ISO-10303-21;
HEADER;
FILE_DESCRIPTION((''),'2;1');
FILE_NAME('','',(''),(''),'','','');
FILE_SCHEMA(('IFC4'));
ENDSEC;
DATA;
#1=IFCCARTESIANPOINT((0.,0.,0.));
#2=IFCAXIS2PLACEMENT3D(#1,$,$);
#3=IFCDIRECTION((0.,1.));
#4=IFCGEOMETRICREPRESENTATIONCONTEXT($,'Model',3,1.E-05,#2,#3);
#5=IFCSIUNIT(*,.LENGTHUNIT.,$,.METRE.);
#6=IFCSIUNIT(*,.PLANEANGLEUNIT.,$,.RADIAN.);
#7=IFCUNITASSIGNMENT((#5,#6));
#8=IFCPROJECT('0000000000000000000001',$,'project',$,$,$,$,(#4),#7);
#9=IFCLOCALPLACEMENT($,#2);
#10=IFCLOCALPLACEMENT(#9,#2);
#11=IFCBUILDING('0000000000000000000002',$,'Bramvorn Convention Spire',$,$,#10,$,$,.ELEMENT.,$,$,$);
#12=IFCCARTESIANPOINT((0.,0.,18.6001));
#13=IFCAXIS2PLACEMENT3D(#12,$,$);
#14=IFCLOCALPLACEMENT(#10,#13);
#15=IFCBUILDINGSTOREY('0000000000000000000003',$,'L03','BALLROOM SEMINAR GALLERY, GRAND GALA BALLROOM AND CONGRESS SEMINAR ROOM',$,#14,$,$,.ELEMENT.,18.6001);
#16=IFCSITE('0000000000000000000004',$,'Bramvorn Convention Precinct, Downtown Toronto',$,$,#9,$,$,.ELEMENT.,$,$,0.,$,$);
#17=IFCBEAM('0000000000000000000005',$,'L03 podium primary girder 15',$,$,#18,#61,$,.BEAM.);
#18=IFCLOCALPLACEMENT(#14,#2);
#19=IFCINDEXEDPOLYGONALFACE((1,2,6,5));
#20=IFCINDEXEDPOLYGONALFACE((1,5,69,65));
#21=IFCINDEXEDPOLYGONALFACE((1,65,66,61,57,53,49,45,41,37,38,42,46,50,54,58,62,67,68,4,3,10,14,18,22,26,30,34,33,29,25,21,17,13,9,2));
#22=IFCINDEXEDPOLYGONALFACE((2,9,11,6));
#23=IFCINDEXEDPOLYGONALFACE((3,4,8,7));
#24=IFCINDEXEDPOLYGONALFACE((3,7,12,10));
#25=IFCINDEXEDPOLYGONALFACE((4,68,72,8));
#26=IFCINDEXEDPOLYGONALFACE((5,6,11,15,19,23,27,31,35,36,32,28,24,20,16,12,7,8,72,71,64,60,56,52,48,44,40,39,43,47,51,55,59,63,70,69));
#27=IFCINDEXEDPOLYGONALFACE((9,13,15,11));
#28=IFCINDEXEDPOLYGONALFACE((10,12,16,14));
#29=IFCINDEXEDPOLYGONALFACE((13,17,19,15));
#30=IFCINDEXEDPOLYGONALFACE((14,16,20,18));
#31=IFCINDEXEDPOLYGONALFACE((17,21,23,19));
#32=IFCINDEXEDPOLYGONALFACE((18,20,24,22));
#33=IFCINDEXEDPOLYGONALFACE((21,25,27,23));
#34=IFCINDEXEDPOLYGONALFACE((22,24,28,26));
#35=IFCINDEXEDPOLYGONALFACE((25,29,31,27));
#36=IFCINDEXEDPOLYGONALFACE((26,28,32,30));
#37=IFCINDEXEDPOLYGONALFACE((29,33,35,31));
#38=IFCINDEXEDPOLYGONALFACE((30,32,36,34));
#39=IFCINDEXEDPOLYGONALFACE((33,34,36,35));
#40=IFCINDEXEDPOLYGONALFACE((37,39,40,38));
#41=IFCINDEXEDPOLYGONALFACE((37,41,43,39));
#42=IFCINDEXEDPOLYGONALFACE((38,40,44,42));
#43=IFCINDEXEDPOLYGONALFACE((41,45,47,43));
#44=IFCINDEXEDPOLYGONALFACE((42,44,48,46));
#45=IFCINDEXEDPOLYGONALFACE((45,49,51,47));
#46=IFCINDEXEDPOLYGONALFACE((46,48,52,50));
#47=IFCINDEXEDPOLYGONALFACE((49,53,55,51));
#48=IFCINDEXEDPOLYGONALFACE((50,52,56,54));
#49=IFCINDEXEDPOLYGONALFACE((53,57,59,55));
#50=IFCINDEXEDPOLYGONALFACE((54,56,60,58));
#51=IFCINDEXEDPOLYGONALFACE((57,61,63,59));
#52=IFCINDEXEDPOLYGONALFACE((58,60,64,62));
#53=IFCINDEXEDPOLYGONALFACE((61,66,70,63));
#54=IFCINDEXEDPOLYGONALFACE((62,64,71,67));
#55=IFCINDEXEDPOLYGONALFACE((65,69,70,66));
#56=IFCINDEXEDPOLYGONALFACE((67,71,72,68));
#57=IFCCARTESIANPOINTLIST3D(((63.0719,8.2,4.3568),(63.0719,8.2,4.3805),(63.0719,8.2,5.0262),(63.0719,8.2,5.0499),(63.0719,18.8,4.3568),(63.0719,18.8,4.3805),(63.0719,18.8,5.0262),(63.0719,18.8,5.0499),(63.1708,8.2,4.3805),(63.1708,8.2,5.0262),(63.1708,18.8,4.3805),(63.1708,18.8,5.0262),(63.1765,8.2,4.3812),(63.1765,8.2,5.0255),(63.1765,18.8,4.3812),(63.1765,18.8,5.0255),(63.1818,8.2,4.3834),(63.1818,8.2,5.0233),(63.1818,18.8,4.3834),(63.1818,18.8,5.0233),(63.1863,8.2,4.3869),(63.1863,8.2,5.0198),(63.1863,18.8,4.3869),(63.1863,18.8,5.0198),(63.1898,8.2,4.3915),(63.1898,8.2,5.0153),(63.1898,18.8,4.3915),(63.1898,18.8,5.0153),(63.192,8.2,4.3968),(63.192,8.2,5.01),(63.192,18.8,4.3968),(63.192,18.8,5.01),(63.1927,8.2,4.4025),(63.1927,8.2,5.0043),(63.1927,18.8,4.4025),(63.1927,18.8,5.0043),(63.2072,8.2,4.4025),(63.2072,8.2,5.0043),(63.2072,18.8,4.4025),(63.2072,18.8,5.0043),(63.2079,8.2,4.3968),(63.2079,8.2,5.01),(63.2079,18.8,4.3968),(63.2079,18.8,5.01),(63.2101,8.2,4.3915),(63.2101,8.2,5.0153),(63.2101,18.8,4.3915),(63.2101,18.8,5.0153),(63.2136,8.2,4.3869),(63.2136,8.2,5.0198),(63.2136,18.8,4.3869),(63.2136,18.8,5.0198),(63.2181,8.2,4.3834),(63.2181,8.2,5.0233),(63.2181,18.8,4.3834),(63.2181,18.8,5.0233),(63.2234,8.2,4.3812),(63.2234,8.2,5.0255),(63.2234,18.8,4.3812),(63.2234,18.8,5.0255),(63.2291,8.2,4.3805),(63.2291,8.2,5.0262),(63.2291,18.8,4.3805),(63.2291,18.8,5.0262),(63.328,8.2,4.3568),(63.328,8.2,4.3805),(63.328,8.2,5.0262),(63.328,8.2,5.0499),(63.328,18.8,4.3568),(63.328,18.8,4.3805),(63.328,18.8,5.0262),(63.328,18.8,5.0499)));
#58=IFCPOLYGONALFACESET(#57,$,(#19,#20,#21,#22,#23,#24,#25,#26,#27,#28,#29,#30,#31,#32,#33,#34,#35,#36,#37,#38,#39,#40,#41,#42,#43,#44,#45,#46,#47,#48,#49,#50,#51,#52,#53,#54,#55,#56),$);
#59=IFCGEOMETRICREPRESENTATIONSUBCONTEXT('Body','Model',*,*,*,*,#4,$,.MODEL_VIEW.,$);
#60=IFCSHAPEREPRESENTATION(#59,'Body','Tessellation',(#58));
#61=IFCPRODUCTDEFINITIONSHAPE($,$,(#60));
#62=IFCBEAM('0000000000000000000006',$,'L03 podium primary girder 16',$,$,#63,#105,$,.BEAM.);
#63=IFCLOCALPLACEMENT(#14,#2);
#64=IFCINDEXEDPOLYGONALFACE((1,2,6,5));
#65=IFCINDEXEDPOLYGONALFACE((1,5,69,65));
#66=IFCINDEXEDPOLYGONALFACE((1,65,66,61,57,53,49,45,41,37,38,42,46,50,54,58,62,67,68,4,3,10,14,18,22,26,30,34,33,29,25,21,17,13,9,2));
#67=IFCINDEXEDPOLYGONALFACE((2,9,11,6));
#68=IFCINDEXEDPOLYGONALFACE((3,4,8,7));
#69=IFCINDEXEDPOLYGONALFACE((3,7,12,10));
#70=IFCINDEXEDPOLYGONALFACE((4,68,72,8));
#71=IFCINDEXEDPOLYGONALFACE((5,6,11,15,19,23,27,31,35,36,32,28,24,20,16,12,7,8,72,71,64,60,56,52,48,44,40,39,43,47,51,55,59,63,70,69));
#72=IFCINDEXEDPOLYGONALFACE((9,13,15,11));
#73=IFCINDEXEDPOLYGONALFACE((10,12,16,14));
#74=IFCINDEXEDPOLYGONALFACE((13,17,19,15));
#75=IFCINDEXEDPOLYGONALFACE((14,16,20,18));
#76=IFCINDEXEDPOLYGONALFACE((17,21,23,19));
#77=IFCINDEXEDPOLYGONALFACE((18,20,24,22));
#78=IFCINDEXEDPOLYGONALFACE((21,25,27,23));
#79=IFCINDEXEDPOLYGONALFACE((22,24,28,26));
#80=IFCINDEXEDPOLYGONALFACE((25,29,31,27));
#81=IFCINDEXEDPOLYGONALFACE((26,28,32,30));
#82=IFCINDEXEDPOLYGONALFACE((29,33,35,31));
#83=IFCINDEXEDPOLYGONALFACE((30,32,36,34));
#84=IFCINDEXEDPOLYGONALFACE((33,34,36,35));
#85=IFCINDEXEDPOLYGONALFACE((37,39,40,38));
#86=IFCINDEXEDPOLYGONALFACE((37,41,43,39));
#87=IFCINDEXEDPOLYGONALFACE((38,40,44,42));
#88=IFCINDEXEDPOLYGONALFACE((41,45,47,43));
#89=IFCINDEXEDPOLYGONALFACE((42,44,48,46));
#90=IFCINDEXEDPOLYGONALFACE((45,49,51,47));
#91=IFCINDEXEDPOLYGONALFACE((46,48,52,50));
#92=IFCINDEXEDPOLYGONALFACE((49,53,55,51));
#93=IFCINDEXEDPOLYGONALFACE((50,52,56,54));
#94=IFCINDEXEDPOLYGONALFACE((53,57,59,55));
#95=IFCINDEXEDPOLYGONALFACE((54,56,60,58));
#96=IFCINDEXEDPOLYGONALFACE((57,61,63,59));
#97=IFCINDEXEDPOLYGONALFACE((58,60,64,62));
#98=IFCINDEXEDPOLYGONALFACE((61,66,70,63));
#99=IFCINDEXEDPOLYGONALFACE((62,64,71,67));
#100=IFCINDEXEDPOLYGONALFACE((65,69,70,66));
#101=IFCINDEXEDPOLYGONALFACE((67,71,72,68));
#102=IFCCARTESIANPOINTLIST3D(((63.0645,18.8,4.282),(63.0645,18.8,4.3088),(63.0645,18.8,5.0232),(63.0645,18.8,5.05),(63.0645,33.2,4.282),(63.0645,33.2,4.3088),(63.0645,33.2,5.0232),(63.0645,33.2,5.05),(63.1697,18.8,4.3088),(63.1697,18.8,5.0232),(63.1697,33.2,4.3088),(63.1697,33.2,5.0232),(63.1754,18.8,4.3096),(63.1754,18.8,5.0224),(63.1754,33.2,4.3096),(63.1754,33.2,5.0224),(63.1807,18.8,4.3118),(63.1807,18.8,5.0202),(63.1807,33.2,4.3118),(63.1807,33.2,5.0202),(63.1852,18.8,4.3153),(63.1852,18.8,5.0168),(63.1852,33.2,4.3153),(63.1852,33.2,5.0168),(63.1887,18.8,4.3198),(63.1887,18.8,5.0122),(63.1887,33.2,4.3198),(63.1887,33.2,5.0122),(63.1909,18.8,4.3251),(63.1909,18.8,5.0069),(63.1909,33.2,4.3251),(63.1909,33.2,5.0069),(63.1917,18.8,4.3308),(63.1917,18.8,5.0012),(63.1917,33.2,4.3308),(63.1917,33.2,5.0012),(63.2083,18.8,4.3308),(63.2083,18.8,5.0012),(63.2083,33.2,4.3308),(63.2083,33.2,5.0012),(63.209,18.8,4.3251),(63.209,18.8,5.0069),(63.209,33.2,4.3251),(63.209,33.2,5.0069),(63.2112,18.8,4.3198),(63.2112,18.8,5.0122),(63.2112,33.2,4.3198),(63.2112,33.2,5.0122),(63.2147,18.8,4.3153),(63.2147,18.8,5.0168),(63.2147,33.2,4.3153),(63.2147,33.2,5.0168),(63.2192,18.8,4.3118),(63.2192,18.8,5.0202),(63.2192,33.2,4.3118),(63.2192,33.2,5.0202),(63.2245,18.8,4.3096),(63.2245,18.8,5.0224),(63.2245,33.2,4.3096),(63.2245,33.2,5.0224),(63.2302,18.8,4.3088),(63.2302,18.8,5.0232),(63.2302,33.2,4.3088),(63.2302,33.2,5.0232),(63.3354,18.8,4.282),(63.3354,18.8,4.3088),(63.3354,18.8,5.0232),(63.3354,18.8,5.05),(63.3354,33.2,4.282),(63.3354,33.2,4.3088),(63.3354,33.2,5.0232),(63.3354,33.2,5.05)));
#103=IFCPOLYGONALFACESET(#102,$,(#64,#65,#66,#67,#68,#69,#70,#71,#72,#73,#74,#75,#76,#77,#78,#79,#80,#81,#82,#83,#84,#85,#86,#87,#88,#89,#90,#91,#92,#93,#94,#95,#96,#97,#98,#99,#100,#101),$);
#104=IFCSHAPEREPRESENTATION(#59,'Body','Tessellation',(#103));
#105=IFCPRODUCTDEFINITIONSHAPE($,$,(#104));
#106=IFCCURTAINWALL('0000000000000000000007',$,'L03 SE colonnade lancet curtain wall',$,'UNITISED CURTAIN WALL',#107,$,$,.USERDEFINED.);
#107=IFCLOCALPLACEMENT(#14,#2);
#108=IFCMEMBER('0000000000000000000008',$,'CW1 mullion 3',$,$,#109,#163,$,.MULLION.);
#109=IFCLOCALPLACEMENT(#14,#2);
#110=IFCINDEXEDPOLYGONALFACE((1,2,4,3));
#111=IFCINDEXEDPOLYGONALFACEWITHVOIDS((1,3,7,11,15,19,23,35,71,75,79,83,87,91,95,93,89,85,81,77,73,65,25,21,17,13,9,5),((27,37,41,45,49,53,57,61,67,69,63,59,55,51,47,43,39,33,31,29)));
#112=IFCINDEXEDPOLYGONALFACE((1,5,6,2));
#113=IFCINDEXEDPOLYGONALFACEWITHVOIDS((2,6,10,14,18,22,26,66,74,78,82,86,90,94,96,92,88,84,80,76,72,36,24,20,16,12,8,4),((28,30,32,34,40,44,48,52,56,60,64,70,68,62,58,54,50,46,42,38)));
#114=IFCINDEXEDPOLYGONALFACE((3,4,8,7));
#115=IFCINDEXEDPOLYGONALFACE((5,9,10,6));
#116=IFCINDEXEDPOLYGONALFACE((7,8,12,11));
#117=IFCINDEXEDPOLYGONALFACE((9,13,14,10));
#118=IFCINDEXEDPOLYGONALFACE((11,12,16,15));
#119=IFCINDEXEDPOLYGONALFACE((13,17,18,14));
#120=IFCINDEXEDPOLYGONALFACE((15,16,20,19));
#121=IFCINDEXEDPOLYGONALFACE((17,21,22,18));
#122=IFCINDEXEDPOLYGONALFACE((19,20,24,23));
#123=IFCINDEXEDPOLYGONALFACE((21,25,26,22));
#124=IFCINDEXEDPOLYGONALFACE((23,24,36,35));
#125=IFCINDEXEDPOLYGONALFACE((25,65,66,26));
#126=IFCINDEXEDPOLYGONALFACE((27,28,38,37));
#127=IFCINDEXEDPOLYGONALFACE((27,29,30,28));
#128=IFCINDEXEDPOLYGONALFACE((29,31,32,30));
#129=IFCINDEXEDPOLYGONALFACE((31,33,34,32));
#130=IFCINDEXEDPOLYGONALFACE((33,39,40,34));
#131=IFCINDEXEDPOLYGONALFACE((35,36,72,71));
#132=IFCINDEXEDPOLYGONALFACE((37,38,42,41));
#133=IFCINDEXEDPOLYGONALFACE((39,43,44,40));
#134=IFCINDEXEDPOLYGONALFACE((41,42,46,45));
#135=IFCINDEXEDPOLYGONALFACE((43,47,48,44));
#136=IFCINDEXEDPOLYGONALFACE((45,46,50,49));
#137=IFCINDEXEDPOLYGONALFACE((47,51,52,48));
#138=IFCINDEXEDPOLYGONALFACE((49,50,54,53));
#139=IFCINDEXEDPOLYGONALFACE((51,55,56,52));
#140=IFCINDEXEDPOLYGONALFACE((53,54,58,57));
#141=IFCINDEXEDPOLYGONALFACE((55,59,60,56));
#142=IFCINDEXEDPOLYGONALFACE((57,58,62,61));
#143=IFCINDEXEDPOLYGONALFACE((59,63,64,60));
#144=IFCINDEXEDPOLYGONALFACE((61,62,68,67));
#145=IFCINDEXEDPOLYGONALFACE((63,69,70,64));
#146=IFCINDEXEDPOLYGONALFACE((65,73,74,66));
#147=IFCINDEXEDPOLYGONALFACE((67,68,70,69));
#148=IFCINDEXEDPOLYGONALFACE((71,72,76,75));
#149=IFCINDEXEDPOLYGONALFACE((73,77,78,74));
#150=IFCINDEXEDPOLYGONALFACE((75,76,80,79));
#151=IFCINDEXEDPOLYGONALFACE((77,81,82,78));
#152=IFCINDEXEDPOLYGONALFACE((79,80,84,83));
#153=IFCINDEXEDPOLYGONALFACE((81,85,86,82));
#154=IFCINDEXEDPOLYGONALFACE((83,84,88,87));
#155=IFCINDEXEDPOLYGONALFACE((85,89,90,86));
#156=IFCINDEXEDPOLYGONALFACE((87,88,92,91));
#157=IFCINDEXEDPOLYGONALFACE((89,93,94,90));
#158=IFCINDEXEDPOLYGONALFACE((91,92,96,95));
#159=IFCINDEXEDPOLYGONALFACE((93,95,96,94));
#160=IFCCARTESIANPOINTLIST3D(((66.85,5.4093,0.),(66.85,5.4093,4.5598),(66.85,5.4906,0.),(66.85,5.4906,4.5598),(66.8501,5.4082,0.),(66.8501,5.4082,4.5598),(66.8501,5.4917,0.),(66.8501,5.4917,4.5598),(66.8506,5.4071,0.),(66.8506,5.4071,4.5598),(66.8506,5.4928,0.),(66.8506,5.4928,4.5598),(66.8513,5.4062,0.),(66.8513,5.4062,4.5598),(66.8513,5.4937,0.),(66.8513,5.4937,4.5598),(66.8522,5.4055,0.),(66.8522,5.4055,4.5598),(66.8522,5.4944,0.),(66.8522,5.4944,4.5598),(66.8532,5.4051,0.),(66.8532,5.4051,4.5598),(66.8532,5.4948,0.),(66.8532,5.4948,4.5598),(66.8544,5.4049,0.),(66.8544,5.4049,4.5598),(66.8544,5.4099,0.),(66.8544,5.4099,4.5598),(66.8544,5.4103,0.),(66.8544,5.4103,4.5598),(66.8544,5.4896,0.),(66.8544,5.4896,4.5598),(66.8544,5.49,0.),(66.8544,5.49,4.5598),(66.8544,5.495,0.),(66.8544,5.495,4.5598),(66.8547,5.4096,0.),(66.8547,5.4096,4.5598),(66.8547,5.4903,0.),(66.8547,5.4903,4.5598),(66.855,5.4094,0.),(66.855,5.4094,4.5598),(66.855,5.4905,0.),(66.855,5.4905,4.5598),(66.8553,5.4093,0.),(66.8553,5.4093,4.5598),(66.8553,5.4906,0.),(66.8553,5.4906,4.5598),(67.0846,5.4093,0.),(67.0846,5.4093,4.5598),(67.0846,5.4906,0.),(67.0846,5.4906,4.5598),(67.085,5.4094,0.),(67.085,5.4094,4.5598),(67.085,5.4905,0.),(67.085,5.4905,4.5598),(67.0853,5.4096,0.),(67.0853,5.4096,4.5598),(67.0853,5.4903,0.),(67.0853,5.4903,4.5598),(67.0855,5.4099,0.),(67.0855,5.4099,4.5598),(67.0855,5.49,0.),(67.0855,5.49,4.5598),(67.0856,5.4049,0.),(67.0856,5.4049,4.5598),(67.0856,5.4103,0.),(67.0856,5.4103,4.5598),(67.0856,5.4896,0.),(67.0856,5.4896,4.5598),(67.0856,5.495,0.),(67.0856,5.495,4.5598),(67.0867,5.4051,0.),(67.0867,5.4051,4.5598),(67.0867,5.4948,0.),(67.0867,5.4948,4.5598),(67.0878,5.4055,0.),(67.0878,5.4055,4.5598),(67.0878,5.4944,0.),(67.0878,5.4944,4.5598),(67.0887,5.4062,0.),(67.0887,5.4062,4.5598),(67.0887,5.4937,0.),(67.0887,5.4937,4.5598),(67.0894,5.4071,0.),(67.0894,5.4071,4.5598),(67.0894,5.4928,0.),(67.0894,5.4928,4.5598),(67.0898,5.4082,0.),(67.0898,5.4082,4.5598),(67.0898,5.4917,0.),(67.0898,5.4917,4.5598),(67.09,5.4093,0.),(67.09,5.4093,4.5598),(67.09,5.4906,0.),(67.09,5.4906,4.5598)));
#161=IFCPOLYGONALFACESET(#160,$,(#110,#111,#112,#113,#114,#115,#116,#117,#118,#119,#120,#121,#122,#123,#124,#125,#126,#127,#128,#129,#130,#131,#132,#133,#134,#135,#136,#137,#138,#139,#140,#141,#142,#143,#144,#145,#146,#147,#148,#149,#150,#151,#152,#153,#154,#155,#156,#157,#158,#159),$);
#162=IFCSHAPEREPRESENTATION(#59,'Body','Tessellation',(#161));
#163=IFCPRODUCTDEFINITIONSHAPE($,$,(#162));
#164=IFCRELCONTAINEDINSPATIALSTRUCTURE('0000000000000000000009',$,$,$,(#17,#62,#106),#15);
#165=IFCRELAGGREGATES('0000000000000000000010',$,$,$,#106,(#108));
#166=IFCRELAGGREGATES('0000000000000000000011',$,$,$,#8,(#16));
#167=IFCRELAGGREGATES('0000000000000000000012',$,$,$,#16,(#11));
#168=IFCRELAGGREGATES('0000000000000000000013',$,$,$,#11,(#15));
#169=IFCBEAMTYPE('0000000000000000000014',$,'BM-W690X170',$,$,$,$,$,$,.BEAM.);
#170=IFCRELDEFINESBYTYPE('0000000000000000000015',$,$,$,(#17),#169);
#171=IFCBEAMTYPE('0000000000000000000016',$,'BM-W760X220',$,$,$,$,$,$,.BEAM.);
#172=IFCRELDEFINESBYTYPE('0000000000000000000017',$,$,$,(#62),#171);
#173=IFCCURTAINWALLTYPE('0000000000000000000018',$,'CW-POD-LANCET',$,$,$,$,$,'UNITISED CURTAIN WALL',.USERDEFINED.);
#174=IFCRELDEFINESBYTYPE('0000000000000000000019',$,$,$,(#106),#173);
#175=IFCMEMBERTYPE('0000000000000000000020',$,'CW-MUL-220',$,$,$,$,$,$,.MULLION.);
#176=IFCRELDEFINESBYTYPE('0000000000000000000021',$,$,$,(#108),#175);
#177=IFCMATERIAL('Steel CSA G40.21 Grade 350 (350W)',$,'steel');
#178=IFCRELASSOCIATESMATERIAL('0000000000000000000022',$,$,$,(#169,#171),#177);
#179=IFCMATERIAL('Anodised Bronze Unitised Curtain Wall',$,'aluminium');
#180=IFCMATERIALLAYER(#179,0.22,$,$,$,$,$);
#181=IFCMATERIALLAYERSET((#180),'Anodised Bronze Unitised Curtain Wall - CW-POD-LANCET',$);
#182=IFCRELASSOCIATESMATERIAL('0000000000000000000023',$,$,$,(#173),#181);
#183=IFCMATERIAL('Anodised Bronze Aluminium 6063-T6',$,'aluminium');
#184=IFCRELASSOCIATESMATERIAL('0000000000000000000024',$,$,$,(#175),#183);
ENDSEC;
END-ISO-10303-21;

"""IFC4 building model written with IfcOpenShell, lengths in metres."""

from ifc_helpers import new_model, si_unit, direction, frame, origin, origin_2d, place, context, subcontext, project, spatial, hollow_rectangle, i_section, extrude, material, layer, layer_set, material_profile, profile_set, type_object, element, aggregate, save


model = new_model("IFC4")

# Units and contexts
model_context = context("Model", 3, precision=1e-05, world=origin(), true_north=direction((0.0, 1.0)))
body_context = subcontext(model_context, "Body", "Model", "MODEL_VIEW")
ifc_project = project(units=[si_unit("LENGTHUNIT", "METRE"), si_unit("PLANEANGLEUNIT", "RADIAN")], contexts=[model_context])

# Site, building, storey
site_placement = place(None, origin())
site = spatial("IfcSite", under=ifc_project, at=site_placement, Name="Bramvorn Convention Precinct, Downtown Toronto", CompositionType="ELEMENT", RefElevation=0.0)
building_placement = place(site_placement, origin())
building = spatial("IfcBuilding", under=site, at=building_placement, Name="Bramvorn Convention Spire", CompositionType="ELEMENT")
storey_placement = place(building_placement, frame((0.0, 0.0, 18.6001)))
storey = spatial("IfcBuildingStorey", under=building, at=storey_placement, Name="L03", Description="BALLROOM SEMINAR GALLERY, GRAND GALA BALLROOM AND CONGRESS SEMINAR ROOM", CompositionType="ELEMENT", Elevation=18.6001)

# Shared definitions
ifc_material_1 = material(Name="Steel CSA G40.21 Grade 350 (350W)", Category="steel")

# Beams
ifc_material_profile_1 = material_profile(ifc_material_1, i_section(OverallWidth=0.2561, OverallDepth=0.6931, WebThickness=0.0144, FlangeThickness=0.0237, FilletRadius=0.022, at=origin_2d()))
ifc_profile_set_1 = profile_set([ifc_material_profile_1], Name="Steel CSA G40.21 Grade 350 (350W) - W690X170")
beam_type_1 = type_object("IfcBeamType", Name="BM-W690X170", PredefinedType="BEAM", material=ifc_profile_set_1)
beam_1_placement = place(storey_placement, frame((63.2, 8.2, 4.7034), z_axis=(0.0, 1.0, 0.0), x_axis=(-1.0, 0.0, 0.0)))
element("IfcBeam", 1, at=beam_1_placement, inside=storey, type_object=beam_type_1, Name="L03 podium primary girder 15", PredefinedType="BEAM", context=body_context, shape_type="SweptSolid", body=[
    extrude(i_section(OverallWidth=0.2561, OverallDepth=0.6931, WebThickness=0.0144, FlangeThickness=0.0237, FilletRadius=0.022, at=origin_2d()), origin(), (0.0, 0.0, 1.0), 10.6001),
])
ifc_material_profile_2 = material_profile(ifc_material_1, i_section(OverallWidth=0.271, OverallDepth=0.7681, WebThickness=0.0166, FlangeThickness=0.0269, FilletRadius=0.022, at=origin_2d()))
ifc_profile_set_2 = profile_set([ifc_material_profile_2], Name="Steel CSA G40.21 Grade 350 (350W) - W760X220")
beam_type_2 = type_object("IfcBeamType", Name="BM-W760X220", PredefinedType="BEAM", material=ifc_profile_set_2)
beam_2_placement = place(storey_placement, frame((63.2, 18.8, 4.666), z_axis=(0.0, 1.0, 0.0), x_axis=(-1.0, 0.0, 0.0)))
element("IfcBeam", 2, at=beam_2_placement, inside=storey, type_object=beam_type_2, Name="L03 podium primary girder 16", PredefinedType="BEAM", context=body_context, shape_type="SweptSolid", body=[
    extrude(i_section(OverallWidth=0.271, OverallDepth=0.7681, WebThickness=0.0166, FlangeThickness=0.0269, FilletRadius=0.022, at=origin_2d()), origin(), (0.0, 0.0, 1.0), 14.3999),
])

# Curtain wall, member
ifc_material_2 = material(Name="Anodised Bronze Unitised Curtain Wall", Category="aluminium")
ifc_layer_1 = layer(ifc_material_2, 0.22)
ifc_layer_set_1 = layer_set([ifc_layer_1], Name="Anodised Bronze Unitised Curtain Wall - CW-POD-LANCET")
curtain_wall_type = type_object("IfcCurtainWallType", Name="CW-POD-LANCET", ElementType="UNITISED CURTAIN WALL", PredefinedType="USERDEFINED", material=ifc_layer_set_1)
curtain_wall_placement = place(storey_placement, origin())
curtain_wall = element("IfcCurtainWall", 3, at=curtain_wall_placement, inside=storey, type_object=curtain_wall_type, Name="L03 SE colonnade lancet curtain wall", ObjectType="UNITISED CURTAIN WALL", PredefinedType="USERDEFINED")
ifc_material_3 = material(Name="Anodised Bronze Aluminium 6063-T6", Category="aluminium")
ifc_material_profile_3 = material_profile(ifc_material_3, hollow_rectangle(XDim=0.0901, YDim=0.24, WallThickness=0.0044, InnerFilletRadius=0.001, OuterFilletRadius=0.0044, at=origin_2d()))
ifc_profile_set_3 = profile_set([ifc_material_profile_3], Name="Anodised Bronze Aluminium 6063-T6 - CWM90X240")
member_type_1 = type_object("IfcMemberType", Name="CW-MUL-220", PredefinedType="MULLION", material=ifc_profile_set_3)
member_1_placement = place(storey_placement, frame((66.97, 5.45, 0.0), z_axis=(0.0, 0.0, 1.0), x_axis=(0.0, 1.0, 0.0)))
member_1 = element("IfcMember", 4, at=member_1_placement, type_object=member_type_1, Name="CW1 mullion 3", PredefinedType="MULLION", context=body_context, shape_type="SweptSolid", body=[
    extrude(hollow_rectangle(XDim=0.0901, YDim=0.24, WallThickness=0.0044, InnerFilletRadius=0.001, OuterFilletRadius=0.0044, at=origin_2d()), origin(), (0.0, 0.0, 1.0), 4.5598),
])
aggregate(curtain_wall, [member_1])

save(model, "model.ifc")
